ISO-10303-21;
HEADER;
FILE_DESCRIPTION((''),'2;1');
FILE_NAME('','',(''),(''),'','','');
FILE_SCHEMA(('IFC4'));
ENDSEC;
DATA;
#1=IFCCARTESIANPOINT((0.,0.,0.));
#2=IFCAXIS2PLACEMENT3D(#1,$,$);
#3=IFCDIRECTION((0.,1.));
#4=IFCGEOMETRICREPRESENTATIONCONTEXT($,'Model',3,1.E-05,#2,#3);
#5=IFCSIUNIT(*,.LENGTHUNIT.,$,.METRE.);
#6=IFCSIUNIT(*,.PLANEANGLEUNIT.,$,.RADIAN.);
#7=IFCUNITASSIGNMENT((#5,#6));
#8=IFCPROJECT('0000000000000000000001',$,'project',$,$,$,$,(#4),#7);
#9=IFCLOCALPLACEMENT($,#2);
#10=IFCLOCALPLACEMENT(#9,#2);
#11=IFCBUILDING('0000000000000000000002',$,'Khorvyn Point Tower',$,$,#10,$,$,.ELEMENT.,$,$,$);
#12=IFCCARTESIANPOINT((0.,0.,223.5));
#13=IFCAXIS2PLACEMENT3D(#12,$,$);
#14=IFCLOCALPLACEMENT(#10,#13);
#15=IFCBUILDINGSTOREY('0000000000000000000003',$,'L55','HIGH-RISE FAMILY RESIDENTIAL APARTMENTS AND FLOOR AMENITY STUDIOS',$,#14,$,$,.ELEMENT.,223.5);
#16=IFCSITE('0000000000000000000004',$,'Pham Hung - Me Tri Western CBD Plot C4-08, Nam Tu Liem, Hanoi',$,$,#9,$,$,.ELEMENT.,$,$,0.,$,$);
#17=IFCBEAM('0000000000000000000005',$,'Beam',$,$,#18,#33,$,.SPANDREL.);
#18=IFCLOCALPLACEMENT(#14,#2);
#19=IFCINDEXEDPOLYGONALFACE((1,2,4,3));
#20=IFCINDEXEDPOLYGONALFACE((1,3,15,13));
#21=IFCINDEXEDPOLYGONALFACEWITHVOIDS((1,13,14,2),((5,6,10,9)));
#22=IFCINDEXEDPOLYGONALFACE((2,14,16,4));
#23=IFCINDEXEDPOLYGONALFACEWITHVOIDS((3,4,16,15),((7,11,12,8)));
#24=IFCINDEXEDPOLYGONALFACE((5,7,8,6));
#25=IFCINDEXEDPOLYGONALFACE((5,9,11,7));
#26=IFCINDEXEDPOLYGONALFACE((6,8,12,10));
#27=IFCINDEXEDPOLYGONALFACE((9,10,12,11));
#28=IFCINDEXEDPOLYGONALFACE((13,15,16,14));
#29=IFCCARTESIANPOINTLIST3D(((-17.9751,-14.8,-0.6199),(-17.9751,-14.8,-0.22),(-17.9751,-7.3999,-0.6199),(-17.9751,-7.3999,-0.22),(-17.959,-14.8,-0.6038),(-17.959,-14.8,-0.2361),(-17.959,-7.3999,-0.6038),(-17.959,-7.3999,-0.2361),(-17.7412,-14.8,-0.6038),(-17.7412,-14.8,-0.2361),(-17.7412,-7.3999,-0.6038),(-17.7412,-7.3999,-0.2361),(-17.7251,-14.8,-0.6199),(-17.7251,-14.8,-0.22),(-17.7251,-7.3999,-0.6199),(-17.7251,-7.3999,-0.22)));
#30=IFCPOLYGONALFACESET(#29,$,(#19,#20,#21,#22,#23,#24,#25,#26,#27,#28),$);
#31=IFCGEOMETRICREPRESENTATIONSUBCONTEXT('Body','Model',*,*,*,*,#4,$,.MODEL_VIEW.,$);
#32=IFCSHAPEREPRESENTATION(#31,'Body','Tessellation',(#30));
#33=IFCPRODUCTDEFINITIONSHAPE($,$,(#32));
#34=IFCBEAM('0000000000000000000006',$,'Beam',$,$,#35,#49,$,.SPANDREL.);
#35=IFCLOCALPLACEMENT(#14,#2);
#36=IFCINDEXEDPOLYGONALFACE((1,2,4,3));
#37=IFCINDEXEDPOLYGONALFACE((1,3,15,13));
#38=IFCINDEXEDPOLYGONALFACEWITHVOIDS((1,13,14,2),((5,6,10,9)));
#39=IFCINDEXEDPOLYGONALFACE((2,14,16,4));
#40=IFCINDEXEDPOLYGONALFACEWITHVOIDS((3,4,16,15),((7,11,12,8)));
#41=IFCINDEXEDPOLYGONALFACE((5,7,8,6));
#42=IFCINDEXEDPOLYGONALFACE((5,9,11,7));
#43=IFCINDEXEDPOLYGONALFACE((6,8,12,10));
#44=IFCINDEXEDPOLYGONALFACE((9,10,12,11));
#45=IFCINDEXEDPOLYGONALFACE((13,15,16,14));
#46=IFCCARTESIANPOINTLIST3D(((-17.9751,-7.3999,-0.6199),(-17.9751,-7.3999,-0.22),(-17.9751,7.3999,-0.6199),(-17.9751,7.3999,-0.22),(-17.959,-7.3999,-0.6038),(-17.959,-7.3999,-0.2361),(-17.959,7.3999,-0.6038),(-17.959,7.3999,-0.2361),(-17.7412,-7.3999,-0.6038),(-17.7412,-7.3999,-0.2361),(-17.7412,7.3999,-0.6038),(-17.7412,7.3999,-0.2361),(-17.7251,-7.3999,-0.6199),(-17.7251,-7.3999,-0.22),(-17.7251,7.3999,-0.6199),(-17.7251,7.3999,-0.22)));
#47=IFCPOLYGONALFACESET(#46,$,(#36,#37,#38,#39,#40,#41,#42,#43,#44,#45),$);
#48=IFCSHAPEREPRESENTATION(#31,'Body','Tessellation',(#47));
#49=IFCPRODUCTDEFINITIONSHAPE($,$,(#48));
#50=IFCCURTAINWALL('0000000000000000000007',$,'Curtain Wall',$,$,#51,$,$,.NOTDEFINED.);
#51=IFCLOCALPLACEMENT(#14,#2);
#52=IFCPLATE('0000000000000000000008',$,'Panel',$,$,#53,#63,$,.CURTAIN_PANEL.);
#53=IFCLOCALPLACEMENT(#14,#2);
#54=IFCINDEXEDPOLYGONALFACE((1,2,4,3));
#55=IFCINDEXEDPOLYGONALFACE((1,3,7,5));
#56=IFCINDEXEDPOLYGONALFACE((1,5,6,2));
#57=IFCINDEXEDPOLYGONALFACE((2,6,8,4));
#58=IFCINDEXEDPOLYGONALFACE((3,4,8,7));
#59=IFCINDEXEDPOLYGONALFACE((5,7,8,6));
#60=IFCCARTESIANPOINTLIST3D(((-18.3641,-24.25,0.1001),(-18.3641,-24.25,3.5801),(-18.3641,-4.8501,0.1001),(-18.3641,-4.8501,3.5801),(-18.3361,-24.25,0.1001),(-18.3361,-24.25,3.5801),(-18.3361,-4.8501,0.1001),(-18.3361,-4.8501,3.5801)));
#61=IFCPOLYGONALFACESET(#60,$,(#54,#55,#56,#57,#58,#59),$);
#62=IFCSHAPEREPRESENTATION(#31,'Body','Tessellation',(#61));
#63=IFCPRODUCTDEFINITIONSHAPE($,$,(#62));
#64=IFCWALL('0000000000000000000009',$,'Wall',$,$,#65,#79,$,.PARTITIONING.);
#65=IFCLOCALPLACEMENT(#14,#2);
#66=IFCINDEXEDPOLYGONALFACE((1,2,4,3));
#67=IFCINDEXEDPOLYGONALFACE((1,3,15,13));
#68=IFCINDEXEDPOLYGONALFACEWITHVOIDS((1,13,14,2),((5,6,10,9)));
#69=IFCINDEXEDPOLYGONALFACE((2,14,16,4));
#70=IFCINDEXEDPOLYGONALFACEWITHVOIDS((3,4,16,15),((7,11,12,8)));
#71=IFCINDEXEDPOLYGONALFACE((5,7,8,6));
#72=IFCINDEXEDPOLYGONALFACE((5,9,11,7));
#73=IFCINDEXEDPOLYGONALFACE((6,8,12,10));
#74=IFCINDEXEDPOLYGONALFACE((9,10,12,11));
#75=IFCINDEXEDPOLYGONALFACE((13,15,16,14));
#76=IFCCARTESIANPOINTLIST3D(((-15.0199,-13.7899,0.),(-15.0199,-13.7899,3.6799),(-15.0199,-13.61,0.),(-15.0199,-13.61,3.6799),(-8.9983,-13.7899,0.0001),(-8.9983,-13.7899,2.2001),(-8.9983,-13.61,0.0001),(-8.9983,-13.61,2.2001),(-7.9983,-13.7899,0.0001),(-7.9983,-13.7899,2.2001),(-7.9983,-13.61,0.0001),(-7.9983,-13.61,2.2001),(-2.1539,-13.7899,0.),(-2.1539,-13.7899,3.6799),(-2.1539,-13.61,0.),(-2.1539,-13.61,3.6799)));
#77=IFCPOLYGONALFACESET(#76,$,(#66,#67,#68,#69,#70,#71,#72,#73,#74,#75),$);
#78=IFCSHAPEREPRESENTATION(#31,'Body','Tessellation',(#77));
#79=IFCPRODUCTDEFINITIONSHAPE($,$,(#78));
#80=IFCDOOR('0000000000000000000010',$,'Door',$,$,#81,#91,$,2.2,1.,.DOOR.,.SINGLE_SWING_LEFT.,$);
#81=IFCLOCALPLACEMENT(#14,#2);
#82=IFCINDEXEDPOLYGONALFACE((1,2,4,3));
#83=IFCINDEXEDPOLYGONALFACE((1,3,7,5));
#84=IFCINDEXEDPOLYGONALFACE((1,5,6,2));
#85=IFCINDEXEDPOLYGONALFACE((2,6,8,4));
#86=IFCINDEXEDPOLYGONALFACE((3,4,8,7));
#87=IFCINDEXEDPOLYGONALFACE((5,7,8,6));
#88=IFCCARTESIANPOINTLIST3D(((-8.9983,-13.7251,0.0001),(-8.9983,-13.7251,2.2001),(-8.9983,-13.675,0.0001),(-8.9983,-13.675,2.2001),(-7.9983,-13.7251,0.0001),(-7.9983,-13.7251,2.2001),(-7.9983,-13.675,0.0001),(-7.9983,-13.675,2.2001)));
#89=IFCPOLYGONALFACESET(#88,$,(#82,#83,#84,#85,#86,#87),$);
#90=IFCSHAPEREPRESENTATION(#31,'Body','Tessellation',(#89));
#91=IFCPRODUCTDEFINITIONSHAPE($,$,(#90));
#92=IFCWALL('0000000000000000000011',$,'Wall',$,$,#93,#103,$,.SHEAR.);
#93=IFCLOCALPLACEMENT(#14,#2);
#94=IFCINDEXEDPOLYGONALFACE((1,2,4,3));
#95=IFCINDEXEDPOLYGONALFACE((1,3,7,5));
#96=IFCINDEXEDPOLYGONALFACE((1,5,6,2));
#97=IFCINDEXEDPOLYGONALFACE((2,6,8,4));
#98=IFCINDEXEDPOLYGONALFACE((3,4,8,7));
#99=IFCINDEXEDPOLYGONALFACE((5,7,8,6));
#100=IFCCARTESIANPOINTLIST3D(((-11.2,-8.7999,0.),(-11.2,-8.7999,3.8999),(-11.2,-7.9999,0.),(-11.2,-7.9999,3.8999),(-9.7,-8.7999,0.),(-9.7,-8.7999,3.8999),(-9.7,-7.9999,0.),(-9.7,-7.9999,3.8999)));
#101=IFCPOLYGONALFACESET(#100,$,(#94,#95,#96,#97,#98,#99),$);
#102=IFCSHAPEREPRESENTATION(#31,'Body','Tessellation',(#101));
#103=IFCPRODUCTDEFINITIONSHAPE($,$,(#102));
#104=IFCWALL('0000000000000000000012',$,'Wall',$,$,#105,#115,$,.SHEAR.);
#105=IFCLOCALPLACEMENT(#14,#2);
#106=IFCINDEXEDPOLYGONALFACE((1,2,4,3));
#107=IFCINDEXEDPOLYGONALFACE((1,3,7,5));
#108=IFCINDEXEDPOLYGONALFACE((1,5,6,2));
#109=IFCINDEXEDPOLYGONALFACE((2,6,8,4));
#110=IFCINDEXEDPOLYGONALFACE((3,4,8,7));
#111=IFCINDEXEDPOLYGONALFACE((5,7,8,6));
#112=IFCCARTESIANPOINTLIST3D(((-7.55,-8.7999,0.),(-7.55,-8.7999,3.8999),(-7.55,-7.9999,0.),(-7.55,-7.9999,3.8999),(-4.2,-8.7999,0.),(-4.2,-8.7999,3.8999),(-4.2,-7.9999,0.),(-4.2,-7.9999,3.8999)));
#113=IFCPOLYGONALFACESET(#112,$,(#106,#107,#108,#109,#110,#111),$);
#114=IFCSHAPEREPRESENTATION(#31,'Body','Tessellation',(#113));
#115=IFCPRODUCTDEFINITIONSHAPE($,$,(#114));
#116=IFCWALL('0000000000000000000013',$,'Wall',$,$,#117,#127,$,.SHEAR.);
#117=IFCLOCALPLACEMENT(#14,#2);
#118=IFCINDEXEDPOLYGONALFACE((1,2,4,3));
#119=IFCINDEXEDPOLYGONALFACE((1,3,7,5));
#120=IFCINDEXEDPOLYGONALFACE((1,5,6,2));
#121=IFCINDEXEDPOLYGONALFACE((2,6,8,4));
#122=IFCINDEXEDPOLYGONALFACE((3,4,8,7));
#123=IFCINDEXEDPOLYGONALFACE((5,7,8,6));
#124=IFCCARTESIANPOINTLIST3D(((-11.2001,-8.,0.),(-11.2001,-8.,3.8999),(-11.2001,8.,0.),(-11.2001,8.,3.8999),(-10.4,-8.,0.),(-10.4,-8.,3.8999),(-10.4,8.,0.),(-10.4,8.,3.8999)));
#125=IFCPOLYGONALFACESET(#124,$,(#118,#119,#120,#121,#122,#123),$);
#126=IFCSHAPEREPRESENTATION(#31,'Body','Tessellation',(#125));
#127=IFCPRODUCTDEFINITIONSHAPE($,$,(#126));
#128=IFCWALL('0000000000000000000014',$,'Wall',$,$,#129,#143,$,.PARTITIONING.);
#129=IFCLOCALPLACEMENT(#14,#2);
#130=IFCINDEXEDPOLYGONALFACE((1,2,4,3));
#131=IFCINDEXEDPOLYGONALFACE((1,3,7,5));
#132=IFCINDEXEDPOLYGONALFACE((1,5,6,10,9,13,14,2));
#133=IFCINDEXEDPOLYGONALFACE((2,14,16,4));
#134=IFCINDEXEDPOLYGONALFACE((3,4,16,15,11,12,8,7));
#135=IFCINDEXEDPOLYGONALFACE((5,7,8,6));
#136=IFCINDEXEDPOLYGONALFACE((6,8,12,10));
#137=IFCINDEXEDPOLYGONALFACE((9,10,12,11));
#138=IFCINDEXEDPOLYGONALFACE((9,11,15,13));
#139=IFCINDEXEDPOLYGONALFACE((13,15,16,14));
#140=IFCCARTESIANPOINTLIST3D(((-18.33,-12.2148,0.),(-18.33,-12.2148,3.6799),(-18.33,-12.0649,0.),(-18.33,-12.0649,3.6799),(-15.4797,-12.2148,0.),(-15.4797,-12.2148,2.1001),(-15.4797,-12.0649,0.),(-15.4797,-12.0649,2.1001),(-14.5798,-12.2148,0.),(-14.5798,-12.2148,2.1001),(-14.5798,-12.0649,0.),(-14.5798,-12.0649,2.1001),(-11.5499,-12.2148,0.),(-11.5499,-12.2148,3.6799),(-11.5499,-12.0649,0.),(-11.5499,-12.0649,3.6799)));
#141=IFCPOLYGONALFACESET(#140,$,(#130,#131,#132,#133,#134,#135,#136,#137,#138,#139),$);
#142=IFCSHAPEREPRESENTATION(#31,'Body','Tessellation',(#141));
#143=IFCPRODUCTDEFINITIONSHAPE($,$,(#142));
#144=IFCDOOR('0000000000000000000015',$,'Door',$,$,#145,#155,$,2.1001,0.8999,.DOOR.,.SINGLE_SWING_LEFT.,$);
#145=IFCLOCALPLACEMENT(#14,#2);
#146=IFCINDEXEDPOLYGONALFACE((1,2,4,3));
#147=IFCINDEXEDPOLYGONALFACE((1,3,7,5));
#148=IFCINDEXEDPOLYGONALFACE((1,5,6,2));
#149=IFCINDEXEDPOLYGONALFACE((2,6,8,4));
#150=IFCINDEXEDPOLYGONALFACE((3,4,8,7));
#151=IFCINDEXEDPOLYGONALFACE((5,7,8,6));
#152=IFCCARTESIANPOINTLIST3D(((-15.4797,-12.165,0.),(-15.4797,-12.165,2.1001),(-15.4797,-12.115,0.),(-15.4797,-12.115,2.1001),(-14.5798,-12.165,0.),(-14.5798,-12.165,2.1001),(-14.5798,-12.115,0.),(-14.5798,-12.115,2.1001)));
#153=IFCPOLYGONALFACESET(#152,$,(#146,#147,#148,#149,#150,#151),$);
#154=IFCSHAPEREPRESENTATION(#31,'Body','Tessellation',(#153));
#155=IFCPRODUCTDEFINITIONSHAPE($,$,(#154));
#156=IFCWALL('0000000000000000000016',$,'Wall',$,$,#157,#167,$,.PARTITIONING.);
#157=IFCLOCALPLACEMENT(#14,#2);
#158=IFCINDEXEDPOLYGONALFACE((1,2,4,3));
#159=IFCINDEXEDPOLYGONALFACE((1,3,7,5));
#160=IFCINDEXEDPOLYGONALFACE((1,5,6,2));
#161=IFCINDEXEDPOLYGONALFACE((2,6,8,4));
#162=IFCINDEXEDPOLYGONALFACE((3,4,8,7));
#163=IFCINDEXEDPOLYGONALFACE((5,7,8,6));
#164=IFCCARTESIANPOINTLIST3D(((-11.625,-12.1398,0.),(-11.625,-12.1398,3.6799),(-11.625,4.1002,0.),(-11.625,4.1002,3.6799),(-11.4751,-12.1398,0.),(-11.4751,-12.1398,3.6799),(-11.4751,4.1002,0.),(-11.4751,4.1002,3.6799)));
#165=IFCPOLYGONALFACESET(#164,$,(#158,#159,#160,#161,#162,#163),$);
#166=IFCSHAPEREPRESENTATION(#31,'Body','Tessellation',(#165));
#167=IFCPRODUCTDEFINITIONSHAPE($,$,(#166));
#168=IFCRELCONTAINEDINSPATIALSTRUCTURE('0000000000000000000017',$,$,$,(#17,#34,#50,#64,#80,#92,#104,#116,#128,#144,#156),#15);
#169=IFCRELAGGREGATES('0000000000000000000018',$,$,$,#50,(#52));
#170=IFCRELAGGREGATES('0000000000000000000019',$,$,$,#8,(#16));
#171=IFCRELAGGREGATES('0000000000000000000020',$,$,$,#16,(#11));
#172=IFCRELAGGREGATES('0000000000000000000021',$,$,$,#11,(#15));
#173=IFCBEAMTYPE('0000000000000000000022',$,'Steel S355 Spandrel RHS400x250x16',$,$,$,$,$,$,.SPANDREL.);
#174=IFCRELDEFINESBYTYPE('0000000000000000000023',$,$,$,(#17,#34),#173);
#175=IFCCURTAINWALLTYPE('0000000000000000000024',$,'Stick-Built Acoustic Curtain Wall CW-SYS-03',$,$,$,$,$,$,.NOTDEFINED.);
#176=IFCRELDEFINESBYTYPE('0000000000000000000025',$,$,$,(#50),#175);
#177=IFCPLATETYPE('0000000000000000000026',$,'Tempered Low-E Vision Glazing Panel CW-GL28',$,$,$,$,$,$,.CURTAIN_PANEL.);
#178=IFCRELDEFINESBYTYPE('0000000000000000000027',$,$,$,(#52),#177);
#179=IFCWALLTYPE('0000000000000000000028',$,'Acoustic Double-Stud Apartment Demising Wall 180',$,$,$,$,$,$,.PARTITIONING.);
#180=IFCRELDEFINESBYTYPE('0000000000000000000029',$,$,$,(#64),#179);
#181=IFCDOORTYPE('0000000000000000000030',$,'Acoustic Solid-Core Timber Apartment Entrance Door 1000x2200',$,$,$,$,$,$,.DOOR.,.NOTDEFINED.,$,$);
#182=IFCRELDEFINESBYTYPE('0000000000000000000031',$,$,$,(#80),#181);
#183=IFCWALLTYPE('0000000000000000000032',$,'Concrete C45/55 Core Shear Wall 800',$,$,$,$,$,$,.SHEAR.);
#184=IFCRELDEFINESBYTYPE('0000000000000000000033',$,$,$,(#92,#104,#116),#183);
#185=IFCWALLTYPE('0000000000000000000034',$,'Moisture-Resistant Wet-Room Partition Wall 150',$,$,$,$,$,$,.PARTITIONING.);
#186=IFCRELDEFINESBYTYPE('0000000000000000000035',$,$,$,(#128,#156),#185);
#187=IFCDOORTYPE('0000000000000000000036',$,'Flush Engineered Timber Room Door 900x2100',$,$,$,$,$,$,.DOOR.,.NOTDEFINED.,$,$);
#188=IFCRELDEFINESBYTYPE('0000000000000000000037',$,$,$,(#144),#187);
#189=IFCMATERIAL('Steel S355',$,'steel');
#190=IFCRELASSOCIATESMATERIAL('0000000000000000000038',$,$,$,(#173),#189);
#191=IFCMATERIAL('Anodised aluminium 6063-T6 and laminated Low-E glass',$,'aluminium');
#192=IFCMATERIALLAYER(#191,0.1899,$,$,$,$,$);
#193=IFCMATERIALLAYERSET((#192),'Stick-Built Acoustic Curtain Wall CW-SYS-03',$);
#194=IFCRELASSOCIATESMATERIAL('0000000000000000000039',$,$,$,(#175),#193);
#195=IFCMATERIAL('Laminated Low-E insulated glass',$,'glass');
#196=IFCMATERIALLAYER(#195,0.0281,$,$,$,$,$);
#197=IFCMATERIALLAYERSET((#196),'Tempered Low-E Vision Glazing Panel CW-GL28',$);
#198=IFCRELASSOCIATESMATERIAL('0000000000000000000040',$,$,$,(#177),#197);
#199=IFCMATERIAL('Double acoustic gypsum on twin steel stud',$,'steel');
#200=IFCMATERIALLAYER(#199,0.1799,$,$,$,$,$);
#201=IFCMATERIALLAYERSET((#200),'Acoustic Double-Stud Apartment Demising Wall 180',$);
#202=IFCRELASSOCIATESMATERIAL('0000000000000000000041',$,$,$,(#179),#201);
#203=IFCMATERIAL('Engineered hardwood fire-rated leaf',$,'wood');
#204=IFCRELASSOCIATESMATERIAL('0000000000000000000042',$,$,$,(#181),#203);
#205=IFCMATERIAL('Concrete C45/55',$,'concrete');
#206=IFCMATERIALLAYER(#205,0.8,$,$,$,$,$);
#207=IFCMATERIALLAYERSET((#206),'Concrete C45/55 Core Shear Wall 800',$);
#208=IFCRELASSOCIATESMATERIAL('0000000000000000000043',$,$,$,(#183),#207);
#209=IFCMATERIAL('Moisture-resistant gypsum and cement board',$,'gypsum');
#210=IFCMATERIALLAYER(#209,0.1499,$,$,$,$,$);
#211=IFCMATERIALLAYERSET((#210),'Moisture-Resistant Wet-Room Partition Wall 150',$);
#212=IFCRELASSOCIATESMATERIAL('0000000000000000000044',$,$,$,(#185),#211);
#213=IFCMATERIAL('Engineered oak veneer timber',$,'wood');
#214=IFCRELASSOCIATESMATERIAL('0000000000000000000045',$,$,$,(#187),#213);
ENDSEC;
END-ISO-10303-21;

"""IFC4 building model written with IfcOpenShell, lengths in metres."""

from ifc_helpers import new_model, si_unit, direction, frame, frame_2d, origin, origin_2d, place, context, subcontext, project, spatial, rectangle, hollow_rectangle, extrude, material, layer, layer_set, material_profile, profile_set, type_object, element, fill, aggregate, save


model = new_model("IFC4")

# Units and contexts
model_context = context("Model", 3, precision=1e-05, world=origin(), true_north=direction((0.0, 1.0)))
body_context = subcontext(model_context, "Body", "Model", "MODEL_VIEW")
ifc_project = project(units=[si_unit("LENGTHUNIT", "METRE"), si_unit("PLANEANGLEUNIT", "RADIAN")], contexts=[model_context])

# Site, building, storey
site_placement = place(None, origin())
site = spatial("IfcSite", under=ifc_project, at=site_placement, Name="Pham Hung - Me Tri Western CBD Plot C4-08, Nam Tu Liem, Hanoi", CompositionType="ELEMENT", RefElevation=0.0)
building_placement = place(site_placement, origin())
building = spatial("IfcBuilding", under=site, at=building_placement, Name="Khorvyn Point Tower", CompositionType="ELEMENT")
storey_placement = place(building_placement, frame((0.0, 0.0, 223.5)))
storey = spatial("IfcBuildingStorey", under=building, at=storey_placement, Name="L55", Description="HIGH-RISE FAMILY RESIDENTIAL APARTMENTS AND FLOOR AMENITY STUDIOS", CompositionType="ELEMENT", Elevation=223.5)

# Shared definitions
ifc_material_1 = material(Name="Concrete C45/55", Category="concrete")

# Beams
ifc_material_2 = material(Name="Steel S355", Category="steel")
ifc_material_profile_1 = material_profile(ifc_material_2, hollow_rectangle(XDim=0.25, YDim=0.3999, WallThickness=0.0161, at=origin_2d()))
ifc_profile_set_1 = profile_set([ifc_material_profile_1], Name="Steel S355 RHS400x250x16")
beam_type_1 = type_object("IfcBeamType", Name="Steel S355 Spandrel RHS400x250x16", PredefinedType="SPANDREL", material=ifc_profile_set_1)
beam_1_placement = place(storey_placement, frame((-17.8501, -14.8, -0.4199), z_axis=(0.0, 1.0, 0.0), x_axis=(-1.0, 0.0, 0.0)))
element("IfcBeam", 1, at=beam_1_placement, inside=storey, type_object=beam_type_1, Name="Beam", PredefinedType="SPANDREL", context=body_context, shape_type="SweptSolid", body=[
    extrude(hollow_rectangle(XDim=0.25, YDim=0.3999, WallThickness=0.0161, at=origin_2d()), origin(), (0.0, 0.0, 1.0), 7.4001),
])
beam_2_placement = place(storey_placement, frame((-17.8501, -7.3999, -0.4199), z_axis=(0.0, 1.0, 0.0), x_axis=(-1.0, 0.0, 0.0)))
element("IfcBeam", 2, at=beam_2_placement, inside=storey, type_object=beam_type_1, Name="Beam", PredefinedType="SPANDREL", context=body_context, shape_type="SweptSolid", body=[
    extrude(hollow_rectangle(XDim=0.25, YDim=0.3999, WallThickness=0.0161, at=origin_2d()), origin(), (0.0, 0.0, 1.0), 14.7998),
])

# Curtain wall, plate
ifc_material_3 = material(Name="Anodised aluminium 6063-T6 and laminated Low-E glass", Category="aluminium")
ifc_layer_1 = layer(ifc_material_3, 0.1899)
ifc_layer_set_1 = layer_set([ifc_layer_1], Name="Stick-Built Acoustic Curtain Wall CW-SYS-03")
curtain_wall_type = type_object("IfcCurtainWallType", Name="Stick-Built Acoustic Curtain Wall CW-SYS-03", PredefinedType="NOTDEFINED", material=ifc_layer_set_1)
curtain_wall_placement = place(storey_placement, origin())
curtain_wall = element("IfcCurtainWall", 3, at=curtain_wall_placement, inside=storey, type_object=curtain_wall_type, Name="Curtain Wall", PredefinedType="NOTDEFINED")
ifc_material_4 = material(Name="Laminated Low-E insulated glass", Category="glass")
ifc_layer_2 = layer(ifc_material_4, 0.0281)
ifc_layer_set_2 = layer_set([ifc_layer_2], Name="Tempered Low-E Vision Glazing Panel CW-GL28")
plate_type = type_object("IfcPlateType", Name="Tempered Low-E Vision Glazing Panel CW-GL28", PredefinedType="CURTAIN_PANEL", material=ifc_layer_set_2)
plate_placement = place(storey_placement, frame((-18.3501, -14.55, 0.1001), z_axis=(0.0, 0.0, 1.0), x_axis=(0.0, 1.0, 0.0)))
plate = element("IfcPlate", 4, at=plate_placement, type_object=plate_type, Name="Panel", PredefinedType="CURTAIN_PANEL", context=body_context, shape_type="SweptSolid", body=[
    extrude(rectangle(XDim=19.3999, YDim=0.0281, at=origin_2d()), origin(), (0.0, 0.0, 1.0), 3.48),
])
aggregate(curtain_wall, [plate])

# Wall, opening, door
ifc_material_5 = material(Name="Double acoustic gypsum on twin steel stud", Category="steel")
ifc_layer_3 = layer(ifc_material_5, 0.1799)
ifc_layer_set_3 = layer_set([ifc_layer_3], Name="Acoustic Double-Stud Apartment Demising Wall 180")
wall_type_1 = type_object("IfcWallType", Name="Acoustic Double-Stud Apartment Demising Wall 180", PredefinedType="PARTITIONING", material=ifc_layer_set_3)
wall_1_placement = place(storey_placement, frame((-15.02, -13.7, 0.0), z_axis=(0.0, 0.0, 1.0), x_axis=(1.0, 0.0, 0.0)))
wall_1 = element("IfcWall", 5, at=wall_1_placement, inside=storey, type_object=wall_type_1, Name="Wall", PredefinedType="PARTITIONING", context=body_context, shape_type="SweptSolid", body=[
    extrude(rectangle(XDim=12.866, YDim=0.1799, at=frame_2d((6.4331, 0.0))), origin(), (0.0, 0.0, 1.0), 3.6799),
])
opening_1_placement = place(wall_1_placement, frame((6.0217, 0.0, 0.0)))
opening_1 = element("IfcOpeningElement", 6, at=opening_1_placement, cuts=wall_1, PredefinedType="OPENING", context=body_context, shape_type="SweptSolid", body=[
    extrude(rectangle(XDim=1.0, YDim=2.2, at=frame_2d((0.5, 1.1001))), frame((0.0, 0.0999, 0.0), z_axis=(0.0, -1.0, 0.0), x_axis=(1.0, 0.0, 0.0)), (0.0, 0.0, 1.0), 0.2),
])
ifc_material_6 = material(Name="Engineered hardwood fire-rated leaf", Category="wood")
door_type_1 = type_object("IfcDoorType", Name="Acoustic Solid-Core Timber Apartment Entrance Door 1000x2200", OperationType="NOTDEFINED", PredefinedType="DOOR", material=ifc_material_6)
door_1_placement = place(opening_1_placement, origin())
door_1 = element("IfcDoor", 7, at=door_1_placement, inside=storey, type_object=door_type_1, Name="Door", OperationType="SINGLE_SWING_LEFT", OverallHeight=2.2, OverallWidth=1.0, PredefinedType="DOOR", context=body_context, shape_type="SweptSolid", body=[
    extrude(rectangle(XDim=1.0, YDim=2.2, at=frame_2d((0.5, 1.1001))), frame((0.0, 0.0249, 0.0), z_axis=(0.0, -1.0, 0.0), x_axis=(1.0, 0.0, 0.0)), (0.0, 0.0, 1.0), 0.05),
])
fill(opening_1, door_1)

# Walls
ifc_layer_4 = layer(ifc_material_1, 0.8)
ifc_layer_set_4 = layer_set([ifc_layer_4], Name="Concrete C45/55 Core Shear Wall 800")
wall_type_2 = type_object("IfcWallType", Name="Concrete C45/55 Core Shear Wall 800", PredefinedType="SHEAR", material=ifc_layer_set_4)
wall_2_placement = place(storey_placement, frame((-11.2, -8.3999, 0.0), z_axis=(0.0, 0.0, 1.0), x_axis=(1.0, 0.0, 0.0)))
element("IfcWall", 8, at=wall_2_placement, inside=storey, type_object=wall_type_2, Name="Wall", PredefinedType="SHEAR", context=body_context, shape_type="SweptSolid", body=[
    extrude(rectangle(XDim=1.5, YDim=0.8, at=frame_2d((0.75, 0.0))), origin(), (0.0, 0.0, 1.0), 3.8999),
])
wall_3_placement = place(storey_placement, frame((-7.55, -8.3999, 0.0), z_axis=(0.0, 0.0, 1.0), x_axis=(1.0, 0.0, 0.0)))
element("IfcWall", 9, at=wall_3_placement, inside=storey, type_object=wall_type_2, Name="Wall", PredefinedType="SHEAR", context=body_context, shape_type="SweptSolid", body=[
    extrude(rectangle(XDim=3.3501, YDim=0.8, at=frame_2d((1.675, 0.0))), origin(), (0.0, 0.0, 1.0), 3.8999),
])
wall_4_placement = place(storey_placement, frame((-10.8, -8.0, 0.0), z_axis=(0.0, 0.0, 1.0), x_axis=(0.0, 1.0, 0.0)))
element("IfcWall", 10, at=wall_4_placement, inside=storey, type_object=wall_type_2, Name="Wall", PredefinedType="SHEAR", context=body_context, shape_type="SweptSolid", body=[
    extrude(rectangle(XDim=16.0, YDim=0.8, at=frame_2d((8.0, 0.0))), origin(), (0.0, 0.0, 1.0), 3.8999),
])

# Wall, opening, door
ifc_material_7 = material(Name="Moisture-resistant gypsum and cement board", Category="gypsum")
ifc_layer_5 = layer(ifc_material_7, 0.1499)
ifc_layer_set_5 = layer_set([ifc_layer_5], Name="Moisture-Resistant Wet-Room Partition Wall 150")
wall_type_3 = type_object("IfcWallType", Name="Moisture-Resistant Wet-Room Partition Wall 150", PredefinedType="PARTITIONING", material=ifc_layer_set_5)
wall_5_placement = place(storey_placement, frame((-18.3301, -12.1399, 0.0), z_axis=(0.0, 0.0, 1.0), x_axis=(1.0, 0.0, 0.0)))
wall_5 = element("IfcWall", 11, at=wall_5_placement, inside=storey, type_object=wall_type_3, Name="Wall", PredefinedType="PARTITIONING", context=body_context, shape_type="SweptSolid", body=[
    extrude(rectangle(XDim=6.78, YDim=0.1499, at=frame_2d((3.3901, 0.0))), origin(), (0.0, 0.0, 1.0), 3.6799),
])
opening_2_placement = place(wall_5_placement, frame((2.8503, 0.0, 0.0)))
opening_2 = element("IfcOpeningElement", 12, at=opening_2_placement, cuts=wall_5, PredefinedType="OPENING", context=body_context, shape_type="SweptSolid", body=[
    extrude(rectangle(XDim=0.8999, YDim=2.1001, at=frame_2d((0.45, 1.05))), frame((0.0, 0.085, 0.0), z_axis=(0.0, -1.0, 0.0), x_axis=(1.0, 0.0, 0.0)), (0.0, 0.0, 1.0), 0.1699),
])
ifc_material_8 = material(Name="Engineered oak veneer timber", Category="wood")
door_type_2 = type_object("IfcDoorType", Name="Flush Engineered Timber Room Door 900x2100", OperationType="NOTDEFINED", PredefinedType="DOOR", material=ifc_material_8)
door_2_placement = place(opening_2_placement, origin())
door_2 = element("IfcDoor", 13, at=door_2_placement, inside=storey, type_object=door_type_2, Name="Door", OperationType="SINGLE_SWING_LEFT", OverallHeight=2.1001, OverallWidth=0.8999, PredefinedType="DOOR", context=body_context, shape_type="SweptSolid", body=[
    extrude(rectangle(XDim=0.8999, YDim=2.1001, at=frame_2d((0.45, 1.05))), frame((0.0, 0.0249, 0.0), z_axis=(0.0, -1.0, 0.0), x_axis=(1.0, 0.0, 0.0)), (0.0, 0.0, 1.0), 0.05),
])
fill(opening_2, door_2)

# Wall
wall_6_placement = place(storey_placement, frame((-11.55, -12.1399, 0.0), z_axis=(0.0, 0.0, 1.0), x_axis=(0.0, 1.0, 0.0)))
element("IfcWall", 14, at=wall_6_placement, inside=storey, type_object=wall_type_3, Name="Wall", PredefinedType="PARTITIONING", context=body_context, shape_type="SweptSolid", body=[
    extrude(rectangle(XDim=16.24, YDim=0.1499, at=frame_2d((8.1201, 0.0))), origin(), (0.0, 0.0, 1.0), 3.6799),
])

save(model, "model.ifc")
